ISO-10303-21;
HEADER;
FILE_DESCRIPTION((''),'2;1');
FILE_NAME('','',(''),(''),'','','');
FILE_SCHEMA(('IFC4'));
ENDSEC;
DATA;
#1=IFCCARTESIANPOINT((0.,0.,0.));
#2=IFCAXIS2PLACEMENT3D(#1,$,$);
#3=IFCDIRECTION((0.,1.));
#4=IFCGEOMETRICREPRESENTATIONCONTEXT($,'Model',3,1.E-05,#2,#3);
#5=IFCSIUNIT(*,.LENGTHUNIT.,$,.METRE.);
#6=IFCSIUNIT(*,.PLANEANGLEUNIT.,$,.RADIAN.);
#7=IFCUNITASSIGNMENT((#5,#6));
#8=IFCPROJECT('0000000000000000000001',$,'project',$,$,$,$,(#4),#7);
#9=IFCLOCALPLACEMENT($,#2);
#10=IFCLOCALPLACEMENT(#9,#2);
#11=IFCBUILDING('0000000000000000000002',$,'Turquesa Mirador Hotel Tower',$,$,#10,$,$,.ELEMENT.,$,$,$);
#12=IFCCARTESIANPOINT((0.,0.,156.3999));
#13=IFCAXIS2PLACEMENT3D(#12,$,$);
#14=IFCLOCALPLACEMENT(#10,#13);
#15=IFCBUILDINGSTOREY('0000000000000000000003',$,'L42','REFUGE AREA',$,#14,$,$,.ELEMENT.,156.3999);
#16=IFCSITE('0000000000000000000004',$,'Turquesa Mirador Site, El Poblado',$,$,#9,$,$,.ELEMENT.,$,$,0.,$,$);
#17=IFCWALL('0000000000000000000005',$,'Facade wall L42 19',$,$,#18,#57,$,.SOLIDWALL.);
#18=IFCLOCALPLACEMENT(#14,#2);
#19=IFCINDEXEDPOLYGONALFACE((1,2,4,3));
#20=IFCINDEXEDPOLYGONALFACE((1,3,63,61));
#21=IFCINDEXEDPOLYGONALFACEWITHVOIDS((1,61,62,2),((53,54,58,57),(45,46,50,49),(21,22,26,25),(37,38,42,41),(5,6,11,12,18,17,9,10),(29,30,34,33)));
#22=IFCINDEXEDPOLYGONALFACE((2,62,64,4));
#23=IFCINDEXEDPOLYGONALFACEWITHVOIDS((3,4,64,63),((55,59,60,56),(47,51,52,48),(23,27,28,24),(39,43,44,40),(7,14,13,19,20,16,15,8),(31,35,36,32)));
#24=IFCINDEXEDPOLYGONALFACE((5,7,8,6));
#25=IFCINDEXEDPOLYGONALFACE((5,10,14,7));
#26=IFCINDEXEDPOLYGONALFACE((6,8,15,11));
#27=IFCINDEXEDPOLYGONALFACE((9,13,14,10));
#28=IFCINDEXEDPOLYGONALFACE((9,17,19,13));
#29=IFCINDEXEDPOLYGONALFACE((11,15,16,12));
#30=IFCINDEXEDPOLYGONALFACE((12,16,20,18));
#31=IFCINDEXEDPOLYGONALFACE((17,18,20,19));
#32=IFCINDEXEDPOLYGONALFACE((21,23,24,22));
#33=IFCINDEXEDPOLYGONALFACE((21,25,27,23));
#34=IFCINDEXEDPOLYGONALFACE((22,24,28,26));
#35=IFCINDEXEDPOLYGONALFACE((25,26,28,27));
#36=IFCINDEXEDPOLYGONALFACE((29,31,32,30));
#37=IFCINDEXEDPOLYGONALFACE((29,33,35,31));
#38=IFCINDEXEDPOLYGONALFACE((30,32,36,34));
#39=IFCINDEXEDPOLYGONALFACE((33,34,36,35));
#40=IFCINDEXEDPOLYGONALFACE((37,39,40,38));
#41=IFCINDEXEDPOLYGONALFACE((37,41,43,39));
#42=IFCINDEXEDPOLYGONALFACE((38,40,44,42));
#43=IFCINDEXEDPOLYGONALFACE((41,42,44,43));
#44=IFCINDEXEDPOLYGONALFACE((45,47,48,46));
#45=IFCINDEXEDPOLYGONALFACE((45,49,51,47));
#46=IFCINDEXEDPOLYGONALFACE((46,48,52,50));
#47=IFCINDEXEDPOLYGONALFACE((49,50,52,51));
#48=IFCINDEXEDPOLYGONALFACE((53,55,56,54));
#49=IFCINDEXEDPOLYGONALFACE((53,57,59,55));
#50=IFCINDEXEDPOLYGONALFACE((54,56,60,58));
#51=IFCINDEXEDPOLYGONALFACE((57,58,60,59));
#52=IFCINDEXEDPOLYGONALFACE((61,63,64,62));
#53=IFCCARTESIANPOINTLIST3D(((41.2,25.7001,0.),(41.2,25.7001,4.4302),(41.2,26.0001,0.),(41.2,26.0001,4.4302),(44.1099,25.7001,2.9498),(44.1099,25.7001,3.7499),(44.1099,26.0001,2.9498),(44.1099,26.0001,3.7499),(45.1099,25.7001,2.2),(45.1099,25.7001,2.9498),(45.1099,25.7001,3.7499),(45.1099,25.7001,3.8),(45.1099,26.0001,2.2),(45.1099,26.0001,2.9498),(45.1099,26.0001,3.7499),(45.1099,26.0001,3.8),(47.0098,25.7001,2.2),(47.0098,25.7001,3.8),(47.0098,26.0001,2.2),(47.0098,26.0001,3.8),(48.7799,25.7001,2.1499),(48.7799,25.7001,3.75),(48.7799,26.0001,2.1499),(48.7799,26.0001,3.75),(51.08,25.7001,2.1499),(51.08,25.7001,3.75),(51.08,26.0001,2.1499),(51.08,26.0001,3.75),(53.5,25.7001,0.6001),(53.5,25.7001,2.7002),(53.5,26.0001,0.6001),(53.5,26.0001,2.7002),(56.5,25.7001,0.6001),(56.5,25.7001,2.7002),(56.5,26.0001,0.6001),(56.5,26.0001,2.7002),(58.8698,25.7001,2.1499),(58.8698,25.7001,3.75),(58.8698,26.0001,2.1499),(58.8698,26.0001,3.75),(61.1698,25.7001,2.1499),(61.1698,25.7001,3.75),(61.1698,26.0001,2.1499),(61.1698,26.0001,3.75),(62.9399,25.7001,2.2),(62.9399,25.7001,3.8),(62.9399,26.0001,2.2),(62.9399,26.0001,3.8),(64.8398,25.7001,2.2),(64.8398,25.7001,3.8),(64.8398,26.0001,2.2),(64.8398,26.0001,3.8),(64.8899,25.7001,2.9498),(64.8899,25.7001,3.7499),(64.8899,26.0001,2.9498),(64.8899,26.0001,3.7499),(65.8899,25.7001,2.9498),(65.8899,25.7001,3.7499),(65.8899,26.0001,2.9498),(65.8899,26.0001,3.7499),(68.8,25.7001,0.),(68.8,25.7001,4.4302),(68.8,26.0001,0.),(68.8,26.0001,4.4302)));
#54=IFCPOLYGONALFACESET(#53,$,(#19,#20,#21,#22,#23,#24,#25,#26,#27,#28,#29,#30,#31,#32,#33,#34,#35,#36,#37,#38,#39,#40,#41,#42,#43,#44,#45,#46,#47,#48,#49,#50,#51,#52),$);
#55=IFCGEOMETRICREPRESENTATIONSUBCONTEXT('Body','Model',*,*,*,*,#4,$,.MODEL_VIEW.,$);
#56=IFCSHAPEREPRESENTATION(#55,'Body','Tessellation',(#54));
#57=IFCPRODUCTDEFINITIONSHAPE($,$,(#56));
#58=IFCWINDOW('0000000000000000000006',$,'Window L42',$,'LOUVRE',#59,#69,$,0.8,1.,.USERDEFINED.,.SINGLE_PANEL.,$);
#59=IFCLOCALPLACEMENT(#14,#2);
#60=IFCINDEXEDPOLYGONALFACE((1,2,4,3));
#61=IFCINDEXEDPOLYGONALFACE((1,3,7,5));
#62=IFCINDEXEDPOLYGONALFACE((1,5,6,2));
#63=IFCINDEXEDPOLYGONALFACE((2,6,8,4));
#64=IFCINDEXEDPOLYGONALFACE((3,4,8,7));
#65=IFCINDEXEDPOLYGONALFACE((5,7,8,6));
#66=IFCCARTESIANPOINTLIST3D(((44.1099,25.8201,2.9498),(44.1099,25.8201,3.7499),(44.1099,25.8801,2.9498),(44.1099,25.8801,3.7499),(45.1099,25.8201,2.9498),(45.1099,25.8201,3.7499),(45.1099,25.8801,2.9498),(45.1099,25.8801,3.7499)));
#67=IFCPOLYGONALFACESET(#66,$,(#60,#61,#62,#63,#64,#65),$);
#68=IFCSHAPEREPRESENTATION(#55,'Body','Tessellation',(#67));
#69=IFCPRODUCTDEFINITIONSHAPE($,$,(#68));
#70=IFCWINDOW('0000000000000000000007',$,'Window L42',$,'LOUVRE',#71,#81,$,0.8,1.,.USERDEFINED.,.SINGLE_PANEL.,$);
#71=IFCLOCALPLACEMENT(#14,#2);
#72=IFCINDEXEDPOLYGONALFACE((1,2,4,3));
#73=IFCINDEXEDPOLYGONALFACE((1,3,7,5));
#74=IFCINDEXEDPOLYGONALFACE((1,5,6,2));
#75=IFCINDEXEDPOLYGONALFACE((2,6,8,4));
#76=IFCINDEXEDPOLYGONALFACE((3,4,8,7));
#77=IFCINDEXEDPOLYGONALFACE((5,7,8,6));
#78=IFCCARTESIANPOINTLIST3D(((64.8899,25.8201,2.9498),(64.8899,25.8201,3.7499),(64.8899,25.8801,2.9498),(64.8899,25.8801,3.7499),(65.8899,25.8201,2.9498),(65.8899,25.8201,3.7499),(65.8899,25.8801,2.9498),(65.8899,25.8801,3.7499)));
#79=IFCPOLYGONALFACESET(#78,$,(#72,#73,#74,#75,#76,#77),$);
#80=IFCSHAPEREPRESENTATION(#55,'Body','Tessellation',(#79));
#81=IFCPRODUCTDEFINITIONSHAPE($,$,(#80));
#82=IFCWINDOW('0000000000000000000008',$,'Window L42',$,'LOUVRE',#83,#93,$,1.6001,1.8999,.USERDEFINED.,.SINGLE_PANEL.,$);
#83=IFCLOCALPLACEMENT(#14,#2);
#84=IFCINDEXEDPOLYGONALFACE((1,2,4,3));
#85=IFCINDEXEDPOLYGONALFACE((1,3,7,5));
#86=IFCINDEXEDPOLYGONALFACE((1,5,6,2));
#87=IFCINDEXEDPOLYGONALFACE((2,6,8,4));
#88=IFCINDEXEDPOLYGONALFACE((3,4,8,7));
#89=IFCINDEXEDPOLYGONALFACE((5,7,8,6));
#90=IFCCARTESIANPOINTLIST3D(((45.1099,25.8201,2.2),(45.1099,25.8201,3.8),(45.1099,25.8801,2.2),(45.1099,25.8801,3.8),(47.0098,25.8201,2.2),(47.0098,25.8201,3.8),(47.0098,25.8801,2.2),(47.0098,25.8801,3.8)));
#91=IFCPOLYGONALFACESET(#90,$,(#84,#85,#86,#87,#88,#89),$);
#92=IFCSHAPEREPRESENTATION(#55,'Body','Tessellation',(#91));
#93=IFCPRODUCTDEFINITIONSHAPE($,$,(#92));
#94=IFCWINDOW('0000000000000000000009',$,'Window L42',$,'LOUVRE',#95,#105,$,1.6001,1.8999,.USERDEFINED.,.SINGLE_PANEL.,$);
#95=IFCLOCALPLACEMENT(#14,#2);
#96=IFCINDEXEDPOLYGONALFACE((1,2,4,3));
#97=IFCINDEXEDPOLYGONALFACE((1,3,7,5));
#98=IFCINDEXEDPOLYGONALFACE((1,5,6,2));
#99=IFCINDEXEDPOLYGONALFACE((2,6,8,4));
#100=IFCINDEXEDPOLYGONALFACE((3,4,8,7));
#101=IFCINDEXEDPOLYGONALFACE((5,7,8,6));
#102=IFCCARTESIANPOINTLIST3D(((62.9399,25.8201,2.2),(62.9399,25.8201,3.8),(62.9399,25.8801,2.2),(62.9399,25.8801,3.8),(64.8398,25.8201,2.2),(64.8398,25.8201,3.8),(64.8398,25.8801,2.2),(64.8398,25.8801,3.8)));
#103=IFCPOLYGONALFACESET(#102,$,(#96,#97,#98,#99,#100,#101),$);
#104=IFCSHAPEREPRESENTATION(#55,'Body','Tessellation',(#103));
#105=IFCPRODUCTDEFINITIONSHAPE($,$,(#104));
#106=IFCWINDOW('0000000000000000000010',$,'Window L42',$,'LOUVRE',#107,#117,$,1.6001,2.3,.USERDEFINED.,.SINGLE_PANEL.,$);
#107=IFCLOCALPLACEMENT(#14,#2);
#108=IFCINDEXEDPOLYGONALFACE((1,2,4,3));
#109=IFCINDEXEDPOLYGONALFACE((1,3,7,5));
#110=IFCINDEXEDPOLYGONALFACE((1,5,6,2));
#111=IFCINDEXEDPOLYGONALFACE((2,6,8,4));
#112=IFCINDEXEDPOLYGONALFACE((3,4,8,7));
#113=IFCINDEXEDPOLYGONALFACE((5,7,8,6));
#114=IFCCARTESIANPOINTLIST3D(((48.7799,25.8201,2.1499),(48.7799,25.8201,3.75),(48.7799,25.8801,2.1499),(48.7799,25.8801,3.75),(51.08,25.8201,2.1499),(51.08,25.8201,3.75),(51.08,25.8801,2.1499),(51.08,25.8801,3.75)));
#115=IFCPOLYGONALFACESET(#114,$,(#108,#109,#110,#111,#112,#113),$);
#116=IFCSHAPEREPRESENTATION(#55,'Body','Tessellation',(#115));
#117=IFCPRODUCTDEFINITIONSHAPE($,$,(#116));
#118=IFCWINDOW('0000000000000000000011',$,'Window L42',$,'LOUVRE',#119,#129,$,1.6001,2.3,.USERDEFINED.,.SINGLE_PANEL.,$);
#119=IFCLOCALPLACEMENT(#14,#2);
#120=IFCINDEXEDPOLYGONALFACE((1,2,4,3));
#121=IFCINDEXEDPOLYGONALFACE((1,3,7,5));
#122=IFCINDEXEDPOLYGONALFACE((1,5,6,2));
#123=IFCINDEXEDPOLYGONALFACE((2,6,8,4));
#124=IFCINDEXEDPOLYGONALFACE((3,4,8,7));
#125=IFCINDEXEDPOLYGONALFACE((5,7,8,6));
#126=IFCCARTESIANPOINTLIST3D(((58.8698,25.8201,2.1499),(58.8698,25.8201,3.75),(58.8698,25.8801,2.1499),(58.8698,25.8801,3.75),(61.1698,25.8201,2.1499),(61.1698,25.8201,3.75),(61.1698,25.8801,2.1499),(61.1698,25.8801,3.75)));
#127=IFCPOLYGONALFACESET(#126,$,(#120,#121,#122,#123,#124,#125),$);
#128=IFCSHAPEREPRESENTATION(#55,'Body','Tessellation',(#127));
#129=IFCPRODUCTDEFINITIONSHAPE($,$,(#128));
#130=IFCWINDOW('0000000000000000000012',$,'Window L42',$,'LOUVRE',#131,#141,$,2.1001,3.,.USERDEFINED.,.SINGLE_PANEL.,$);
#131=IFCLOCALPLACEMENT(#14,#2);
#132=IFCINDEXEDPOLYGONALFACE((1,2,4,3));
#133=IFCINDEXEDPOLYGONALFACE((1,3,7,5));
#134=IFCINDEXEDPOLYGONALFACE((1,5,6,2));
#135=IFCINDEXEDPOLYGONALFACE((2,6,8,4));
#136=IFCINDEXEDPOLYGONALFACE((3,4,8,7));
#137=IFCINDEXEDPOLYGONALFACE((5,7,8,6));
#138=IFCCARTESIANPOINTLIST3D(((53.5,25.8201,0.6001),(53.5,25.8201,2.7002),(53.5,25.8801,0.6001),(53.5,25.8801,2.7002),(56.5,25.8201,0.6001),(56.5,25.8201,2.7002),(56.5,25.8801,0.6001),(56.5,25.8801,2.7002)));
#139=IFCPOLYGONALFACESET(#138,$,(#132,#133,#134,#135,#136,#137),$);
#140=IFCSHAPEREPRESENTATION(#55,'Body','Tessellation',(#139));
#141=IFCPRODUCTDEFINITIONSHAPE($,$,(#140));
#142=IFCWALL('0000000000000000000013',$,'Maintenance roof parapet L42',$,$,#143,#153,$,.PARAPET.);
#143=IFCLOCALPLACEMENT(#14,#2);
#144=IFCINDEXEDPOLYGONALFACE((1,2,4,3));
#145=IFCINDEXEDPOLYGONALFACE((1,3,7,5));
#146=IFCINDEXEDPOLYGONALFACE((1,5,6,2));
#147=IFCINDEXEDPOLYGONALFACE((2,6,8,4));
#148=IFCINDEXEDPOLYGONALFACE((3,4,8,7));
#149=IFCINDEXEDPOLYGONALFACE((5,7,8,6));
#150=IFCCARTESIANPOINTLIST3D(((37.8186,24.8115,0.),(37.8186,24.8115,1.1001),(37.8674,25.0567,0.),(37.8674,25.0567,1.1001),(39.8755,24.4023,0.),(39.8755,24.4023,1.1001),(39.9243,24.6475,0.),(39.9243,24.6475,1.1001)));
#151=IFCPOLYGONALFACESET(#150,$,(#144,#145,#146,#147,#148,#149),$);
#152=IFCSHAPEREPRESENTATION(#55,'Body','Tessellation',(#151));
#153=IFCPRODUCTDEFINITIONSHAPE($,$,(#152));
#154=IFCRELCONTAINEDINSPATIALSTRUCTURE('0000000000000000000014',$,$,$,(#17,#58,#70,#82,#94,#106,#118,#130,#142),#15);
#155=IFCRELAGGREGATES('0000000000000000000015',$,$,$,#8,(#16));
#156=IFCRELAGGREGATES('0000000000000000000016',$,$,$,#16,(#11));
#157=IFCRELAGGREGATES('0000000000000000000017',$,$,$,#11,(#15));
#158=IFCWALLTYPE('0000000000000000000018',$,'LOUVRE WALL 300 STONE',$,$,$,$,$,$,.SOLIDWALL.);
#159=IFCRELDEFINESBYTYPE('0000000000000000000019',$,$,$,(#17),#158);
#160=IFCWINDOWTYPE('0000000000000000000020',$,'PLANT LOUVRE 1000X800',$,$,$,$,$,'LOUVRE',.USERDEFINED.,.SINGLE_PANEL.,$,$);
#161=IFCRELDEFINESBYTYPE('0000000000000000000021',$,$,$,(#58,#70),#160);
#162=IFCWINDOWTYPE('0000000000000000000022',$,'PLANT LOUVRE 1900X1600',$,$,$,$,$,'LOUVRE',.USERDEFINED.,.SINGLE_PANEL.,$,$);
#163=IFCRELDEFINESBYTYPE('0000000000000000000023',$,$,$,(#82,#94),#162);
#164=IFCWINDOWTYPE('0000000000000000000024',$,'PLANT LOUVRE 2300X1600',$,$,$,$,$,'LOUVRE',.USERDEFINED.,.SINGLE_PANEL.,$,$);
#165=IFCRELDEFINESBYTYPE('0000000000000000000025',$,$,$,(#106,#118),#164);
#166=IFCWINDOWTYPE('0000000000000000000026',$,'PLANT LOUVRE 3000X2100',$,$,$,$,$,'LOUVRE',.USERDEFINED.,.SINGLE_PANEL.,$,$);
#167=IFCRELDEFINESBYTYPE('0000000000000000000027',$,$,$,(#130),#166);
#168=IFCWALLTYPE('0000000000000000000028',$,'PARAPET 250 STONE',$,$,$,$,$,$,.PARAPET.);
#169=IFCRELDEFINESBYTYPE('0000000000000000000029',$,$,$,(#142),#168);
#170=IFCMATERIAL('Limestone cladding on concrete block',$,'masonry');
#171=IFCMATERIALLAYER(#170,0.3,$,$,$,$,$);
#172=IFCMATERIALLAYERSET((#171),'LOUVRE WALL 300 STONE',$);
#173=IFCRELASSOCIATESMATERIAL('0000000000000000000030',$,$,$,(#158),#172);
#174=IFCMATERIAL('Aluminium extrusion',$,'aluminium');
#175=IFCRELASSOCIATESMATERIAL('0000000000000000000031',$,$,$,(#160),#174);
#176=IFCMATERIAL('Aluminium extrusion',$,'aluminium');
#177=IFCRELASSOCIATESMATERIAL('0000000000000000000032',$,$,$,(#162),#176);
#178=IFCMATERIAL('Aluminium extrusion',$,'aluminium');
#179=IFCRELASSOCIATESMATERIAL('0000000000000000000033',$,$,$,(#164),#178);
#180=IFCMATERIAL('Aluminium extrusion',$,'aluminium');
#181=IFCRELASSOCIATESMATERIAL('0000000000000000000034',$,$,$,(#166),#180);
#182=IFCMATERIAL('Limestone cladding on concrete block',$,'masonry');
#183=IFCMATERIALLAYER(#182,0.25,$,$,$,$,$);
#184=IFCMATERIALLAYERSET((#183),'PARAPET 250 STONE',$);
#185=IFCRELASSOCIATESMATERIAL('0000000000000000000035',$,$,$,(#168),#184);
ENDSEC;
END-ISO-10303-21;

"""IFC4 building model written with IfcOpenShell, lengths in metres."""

from ifc_helpers import new_model, si_unit, direction, frame, frame_2d, origin, place, context, subcontext, project, spatial, rectangle, extrude, material, layer, layer_set, type_object, element, fill, save


model = new_model("IFC4")

# Units and contexts
model_context = context("Model", 3, precision=1e-05, world=origin(), true_north=direction((0.0, 1.0)))
body_context = subcontext(model_context, "Body", "Model", "MODEL_VIEW")
ifc_project = project(units=[si_unit("LENGTHUNIT", "METRE"), si_unit("PLANEANGLEUNIT", "RADIAN")], contexts=[model_context])

# Site, building, storey
site_placement = place(None, origin())
site = spatial("IfcSite", under=ifc_project, at=site_placement, Name="Turquesa Mirador Site, El Poblado", CompositionType="ELEMENT", RefElevation=0.0)
building_placement = place(site_placement, origin())
building = spatial("IfcBuilding", under=site, at=building_placement, Name="Turquesa Mirador Hotel Tower", CompositionType="ELEMENT")
storey_placement = place(building_placement, frame((0.0, 0.0, 156.3999)))
storey = spatial("IfcBuildingStorey", under=building, at=storey_placement, Name="L42", Description="REFUGE AREA", CompositionType="ELEMENT", Elevation=156.3999)

# Shared definitions
ifc_material_1 = material(Name="Limestone cladding on concrete block", Category="masonry")
ifc_layer_1 = layer(ifc_material_1, 0.3)
ifc_layer_set_1 = layer_set([ifc_layer_1], Name="LOUVRE WALL 300 STONE")
wall_type_1 = type_object("IfcWallType", Name="LOUVRE WALL 300 STONE", PredefinedType="SOLIDWALL", material=ifc_layer_set_1)

# Wall, openings, windows
wall_1_placement = place(storey_placement, frame((41.2, 25.8501, 0.0), z_axis=(0.0, 0.0, 1.0), x_axis=(1.0, 0.0, 0.0)))
wall_1 = element("IfcWall", 1, at=wall_1_placement, inside=storey, type_object=wall_type_1, Name="Facade wall L42 19", PredefinedType="SOLIDWALL", context=body_context, shape_type="SweptSolid", body=[
    extrude(rectangle(XDim=27.6001, YDim=0.3, at=frame_2d((13.8, 0.0))), origin(), (0.0, 0.0, 1.0), 4.4302),
])
opening_1_placement = place(wall_1_placement, frame((3.9099, 0.0, 2.2)))
opening_1 = element("IfcOpeningElement", 2, at=opening_1_placement, cuts=wall_1, PredefinedType="OPENING", context=body_context, shape_type="SweptSolid", body=[
    extrude(rectangle(XDim=1.8999, YDim=1.6001, at=frame_2d((0.95, 0.8))), frame((0.0, 0.1599, 0.0), z_axis=(0.0, -1.0, 0.0), x_axis=(1.0, 0.0, 0.0)), (0.0, 0.0, 1.0), 0.3201),
])
opening_2_placement = place(wall_1_placement, frame((7.5801, 0.0, 2.1499)))
opening_2 = element("IfcOpeningElement", 3, at=opening_2_placement, cuts=wall_1, PredefinedType="OPENING", context=body_context, shape_type="SweptSolid", body=[
    extrude(rectangle(XDim=2.3, YDim=1.6001, at=frame_2d((1.1499, 0.8))), frame((0.0, 0.1599, 0.0), z_axis=(0.0, -1.0, 0.0), x_axis=(1.0, 0.0, 0.0)), (0.0, 0.0, 1.0), 0.3201),
])
opening_3_placement = place(wall_1_placement, frame((12.3, 0.0, 0.6001)))
opening_3 = element("IfcOpeningElement", 4, at=opening_3_placement, cuts=wall_1, PredefinedType="OPENING", context=body_context, shape_type="SweptSolid", body=[
    extrude(rectangle(XDim=3.0, YDim=2.1001, at=frame_2d((1.5, 1.05))), frame((0.0, 0.1599, 0.0), z_axis=(0.0, -1.0, 0.0), x_axis=(1.0, 0.0, 0.0)), (0.0, 0.0, 1.0), 0.3201),
])
opening_4_placement = place(wall_1_placement, frame((17.6699, 0.0, 2.1499)))
opening_4 = element("IfcOpeningElement", 5, at=opening_4_placement, cuts=wall_1, PredefinedType="OPENING", context=body_context, shape_type="SweptSolid", body=[
    extrude(rectangle(XDim=2.3, YDim=1.6001, at=frame_2d((1.1499, 0.8))), frame((0.0, 0.1599, 0.0), z_axis=(0.0, -1.0, 0.0), x_axis=(1.0, 0.0, 0.0)), (0.0, 0.0, 1.0), 0.3201),
])
opening_5_placement = place(wall_1_placement, frame((21.74, 0.0, 2.2)))
opening_5 = element("IfcOpeningElement", 6, at=opening_5_placement, cuts=wall_1, PredefinedType="OPENING", context=body_context, shape_type="SweptSolid", body=[
    extrude(rectangle(XDim=1.8999, YDim=1.6001, at=frame_2d((0.95, 0.8))), frame((0.0, 0.1599, 0.0), z_axis=(0.0, -1.0, 0.0), x_axis=(1.0, 0.0, 0.0)), (0.0, 0.0, 1.0), 0.3201),
])
opening_6_placement = place(wall_1_placement, frame((2.9099, 0.0, 2.95)))
opening_6 = element("IfcOpeningElement", 7, at=opening_6_placement, cuts=wall_1, PredefinedType="OPENING", context=body_context, shape_type="SweptSolid", body=[
    extrude(rectangle(XDim=1.0, YDim=0.8, at=frame_2d((0.5, 0.3999))), frame((0.0, 0.1599, 0.0), z_axis=(0.0, -1.0, 0.0), x_axis=(1.0, 0.0, 0.0)), (0.0, 0.0, 1.0), 0.3201),
])
opening_7_placement = place(wall_1_placement, frame((23.6899, 0.0, 2.95)))
opening_7 = element("IfcOpeningElement", 8, at=opening_7_placement, cuts=wall_1, PredefinedType="OPENING", context=body_context, shape_type="SweptSolid", body=[
    extrude(rectangle(XDim=1.0, YDim=0.8, at=frame_2d((0.5, 0.3999))), frame((0.0, 0.1599, 0.0), z_axis=(0.0, -1.0, 0.0), x_axis=(1.0, 0.0, 0.0)), (0.0, 0.0, 1.0), 0.3201),
])
ifc_material_2 = material(Name="Aluminium extrusion", Category="aluminium")
window_type_1 = type_object("IfcWindowType", Name="PLANT LOUVRE 1000X800", ElementType="LOUVRE", PartitioningType="SINGLE_PANEL", PredefinedType="USERDEFINED", material=ifc_material_2)
window_1_placement = place(opening_6_placement, origin())
window_1 = element("IfcWindow", 9, at=window_1_placement, inside=storey, type_object=window_type_1, Name="Window L42", ObjectType="LOUVRE", OverallHeight=0.8, OverallWidth=1.0, PartitioningType="SINGLE_PANEL", PredefinedType="USERDEFINED", context=body_context, shape_type="SweptSolid", body=[
    extrude(rectangle(XDim=1.0, YDim=0.8, at=frame_2d((0.5, 0.3999))), frame((0.0, 0.03, 0.0), z_axis=(0.0, -1.0, 0.0), x_axis=(1.0, 0.0, 0.0)), (0.0, 0.0, 1.0), 0.0601),
])
fill(opening_6, window_1)
window_2_placement = place(opening_7_placement, origin())
window_2 = element("IfcWindow", 10, at=window_2_placement, inside=storey, type_object=window_type_1, Name="Window L42", ObjectType="LOUVRE", OverallHeight=0.8, OverallWidth=1.0, PartitioningType="SINGLE_PANEL", PredefinedType="USERDEFINED", context=body_context, shape_type="SweptSolid", body=[
    extrude(rectangle(XDim=1.0, YDim=0.8, at=frame_2d((0.5, 0.3999))), frame((0.0, 0.03, 0.0), z_axis=(0.0, -1.0, 0.0), x_axis=(1.0, 0.0, 0.0)), (0.0, 0.0, 1.0), 0.0601),
])
fill(opening_7, window_2)
ifc_material_3 = material(Name="Aluminium extrusion", Category="aluminium")
window_type_2 = type_object("IfcWindowType", Name="PLANT LOUVRE 1900X1600", ElementType="LOUVRE", PartitioningType="SINGLE_PANEL", PredefinedType="USERDEFINED", material=ifc_material_3)
window_3_placement = place(opening_1_placement, origin())
window_3 = element("IfcWindow", 11, at=window_3_placement, inside=storey, type_object=window_type_2, Name="Window L42", ObjectType="LOUVRE", OverallHeight=1.6001, OverallWidth=1.8999, PartitioningType="SINGLE_PANEL", PredefinedType="USERDEFINED", context=body_context, shape_type="SweptSolid", body=[
    extrude(rectangle(XDim=1.8999, YDim=1.6001, at=frame_2d((0.95, 0.8))), frame((0.0, 0.03, 0.0), z_axis=(0.0, -1.0, 0.0), x_axis=(1.0, 0.0, 0.0)), (0.0, 0.0, 1.0), 0.0601),
])
fill(opening_1, window_3)
window_4_placement = place(opening_5_placement, origin())
window_4 = element("IfcWindow", 12, at=window_4_placement, inside=storey, type_object=window_type_2, Name="Window L42", ObjectType="LOUVRE", OverallHeight=1.6001, OverallWidth=1.8999, PartitioningType="SINGLE_PANEL", PredefinedType="USERDEFINED", context=body_context, shape_type="SweptSolid", body=[
    extrude(rectangle(XDim=1.8999, YDim=1.6001, at=frame_2d((0.95, 0.8))), frame((0.0, 0.03, 0.0), z_axis=(0.0, -1.0, 0.0), x_axis=(1.0, 0.0, 0.0)), (0.0, 0.0, 1.0), 0.0601),
])
fill(opening_5, window_4)
ifc_material_4 = material(Name="Aluminium extrusion", Category="aluminium")
window_type_3 = type_object("IfcWindowType", Name="PLANT LOUVRE 2300X1600", ElementType="LOUVRE", PartitioningType="SINGLE_PANEL", PredefinedType="USERDEFINED", material=ifc_material_4)
window_5_placement = place(opening_2_placement, origin())
window_5 = element("IfcWindow", 13, at=window_5_placement, inside=storey, type_object=window_type_3, Name="Window L42", ObjectType="LOUVRE", OverallHeight=1.6001, OverallWidth=2.3, PartitioningType="SINGLE_PANEL", PredefinedType="USERDEFINED", context=body_context, shape_type="SweptSolid", body=[
    extrude(rectangle(XDim=2.3, YDim=1.6001, at=frame_2d((1.1499, 0.8))), frame((0.0, 0.03, 0.0), z_axis=(0.0, -1.0, 0.0), x_axis=(1.0, 0.0, 0.0)), (0.0, 0.0, 1.0), 0.0601),
])
fill(opening_2, window_5)
window_6_placement = place(opening_4_placement, origin())
window_6 = element("IfcWindow", 14, at=window_6_placement, inside=storey, type_object=window_type_3, Name="Window L42", ObjectType="LOUVRE", OverallHeight=1.6001, OverallWidth=2.3, PartitioningType="SINGLE_PANEL", PredefinedType="USERDEFINED", context=body_context, shape_type="SweptSolid", body=[
    extrude(rectangle(XDim=2.3, YDim=1.6001, at=frame_2d((1.1499, 0.8))), frame((0.0, 0.03, 0.0), z_axis=(0.0, -1.0, 0.0), x_axis=(1.0, 0.0, 0.0)), (0.0, 0.0, 1.0), 0.0601),
])
fill(opening_4, window_6)
ifc_material_5 = material(Name="Aluminium extrusion", Category="aluminium")
window_type_4 = type_object("IfcWindowType", Name="PLANT LOUVRE 3000X2100", ElementType="LOUVRE", PartitioningType="SINGLE_PANEL", PredefinedType="USERDEFINED", material=ifc_material_5)
window_7_placement = place(opening_3_placement, origin())
window_7 = element("IfcWindow", 15, at=window_7_placement, inside=storey, type_object=window_type_4, Name="Window L42", ObjectType="LOUVRE", OverallHeight=2.1001, OverallWidth=3.0, PartitioningType="SINGLE_PANEL", PredefinedType="USERDEFINED", context=body_context, shape_type="SweptSolid", body=[
    extrude(rectangle(XDim=3.0, YDim=2.1001, at=frame_2d((1.5, 1.05))), frame((0.0, 0.03, 0.0), z_axis=(0.0, -1.0, 0.0), x_axis=(1.0, 0.0, 0.0)), (0.0, 0.0, 1.0), 0.0601),
])
fill(opening_3, window_7)

# Wall
ifc_material_6 = material(Name="Limestone cladding on concrete block", Category="masonry")
ifc_layer_2 = layer(ifc_material_6, 0.25)
ifc_layer_set_2 = layer_set([ifc_layer_2], Name="PARAPET 250 STONE")
wall_type_2 = type_object("IfcWallType", Name="PARAPET 250 STONE", PredefinedType="PARAPET", material=ifc_layer_set_2)
wall_2_placement = place(storey_placement, frame((37.843, 24.9341, 0.0), z_axis=(0.0, 0.0, 1.0), x_axis=(0.980782, -0.195109, 0.0)))
element("IfcWall", 16, at=wall_2_placement, inside=storey, type_object=wall_type_2, Name="Maintenance roof parapet L42", PredefinedType="PARAPET", context=body_context, shape_type="SweptSolid", body=[
    extrude(rectangle(XDim=2.0972, YDim=0.25, at=frame_2d((1.0486, 0.0))), origin(), (0.0, 0.0, 1.0), 1.1001),
])

save(model, "model.ifc")
